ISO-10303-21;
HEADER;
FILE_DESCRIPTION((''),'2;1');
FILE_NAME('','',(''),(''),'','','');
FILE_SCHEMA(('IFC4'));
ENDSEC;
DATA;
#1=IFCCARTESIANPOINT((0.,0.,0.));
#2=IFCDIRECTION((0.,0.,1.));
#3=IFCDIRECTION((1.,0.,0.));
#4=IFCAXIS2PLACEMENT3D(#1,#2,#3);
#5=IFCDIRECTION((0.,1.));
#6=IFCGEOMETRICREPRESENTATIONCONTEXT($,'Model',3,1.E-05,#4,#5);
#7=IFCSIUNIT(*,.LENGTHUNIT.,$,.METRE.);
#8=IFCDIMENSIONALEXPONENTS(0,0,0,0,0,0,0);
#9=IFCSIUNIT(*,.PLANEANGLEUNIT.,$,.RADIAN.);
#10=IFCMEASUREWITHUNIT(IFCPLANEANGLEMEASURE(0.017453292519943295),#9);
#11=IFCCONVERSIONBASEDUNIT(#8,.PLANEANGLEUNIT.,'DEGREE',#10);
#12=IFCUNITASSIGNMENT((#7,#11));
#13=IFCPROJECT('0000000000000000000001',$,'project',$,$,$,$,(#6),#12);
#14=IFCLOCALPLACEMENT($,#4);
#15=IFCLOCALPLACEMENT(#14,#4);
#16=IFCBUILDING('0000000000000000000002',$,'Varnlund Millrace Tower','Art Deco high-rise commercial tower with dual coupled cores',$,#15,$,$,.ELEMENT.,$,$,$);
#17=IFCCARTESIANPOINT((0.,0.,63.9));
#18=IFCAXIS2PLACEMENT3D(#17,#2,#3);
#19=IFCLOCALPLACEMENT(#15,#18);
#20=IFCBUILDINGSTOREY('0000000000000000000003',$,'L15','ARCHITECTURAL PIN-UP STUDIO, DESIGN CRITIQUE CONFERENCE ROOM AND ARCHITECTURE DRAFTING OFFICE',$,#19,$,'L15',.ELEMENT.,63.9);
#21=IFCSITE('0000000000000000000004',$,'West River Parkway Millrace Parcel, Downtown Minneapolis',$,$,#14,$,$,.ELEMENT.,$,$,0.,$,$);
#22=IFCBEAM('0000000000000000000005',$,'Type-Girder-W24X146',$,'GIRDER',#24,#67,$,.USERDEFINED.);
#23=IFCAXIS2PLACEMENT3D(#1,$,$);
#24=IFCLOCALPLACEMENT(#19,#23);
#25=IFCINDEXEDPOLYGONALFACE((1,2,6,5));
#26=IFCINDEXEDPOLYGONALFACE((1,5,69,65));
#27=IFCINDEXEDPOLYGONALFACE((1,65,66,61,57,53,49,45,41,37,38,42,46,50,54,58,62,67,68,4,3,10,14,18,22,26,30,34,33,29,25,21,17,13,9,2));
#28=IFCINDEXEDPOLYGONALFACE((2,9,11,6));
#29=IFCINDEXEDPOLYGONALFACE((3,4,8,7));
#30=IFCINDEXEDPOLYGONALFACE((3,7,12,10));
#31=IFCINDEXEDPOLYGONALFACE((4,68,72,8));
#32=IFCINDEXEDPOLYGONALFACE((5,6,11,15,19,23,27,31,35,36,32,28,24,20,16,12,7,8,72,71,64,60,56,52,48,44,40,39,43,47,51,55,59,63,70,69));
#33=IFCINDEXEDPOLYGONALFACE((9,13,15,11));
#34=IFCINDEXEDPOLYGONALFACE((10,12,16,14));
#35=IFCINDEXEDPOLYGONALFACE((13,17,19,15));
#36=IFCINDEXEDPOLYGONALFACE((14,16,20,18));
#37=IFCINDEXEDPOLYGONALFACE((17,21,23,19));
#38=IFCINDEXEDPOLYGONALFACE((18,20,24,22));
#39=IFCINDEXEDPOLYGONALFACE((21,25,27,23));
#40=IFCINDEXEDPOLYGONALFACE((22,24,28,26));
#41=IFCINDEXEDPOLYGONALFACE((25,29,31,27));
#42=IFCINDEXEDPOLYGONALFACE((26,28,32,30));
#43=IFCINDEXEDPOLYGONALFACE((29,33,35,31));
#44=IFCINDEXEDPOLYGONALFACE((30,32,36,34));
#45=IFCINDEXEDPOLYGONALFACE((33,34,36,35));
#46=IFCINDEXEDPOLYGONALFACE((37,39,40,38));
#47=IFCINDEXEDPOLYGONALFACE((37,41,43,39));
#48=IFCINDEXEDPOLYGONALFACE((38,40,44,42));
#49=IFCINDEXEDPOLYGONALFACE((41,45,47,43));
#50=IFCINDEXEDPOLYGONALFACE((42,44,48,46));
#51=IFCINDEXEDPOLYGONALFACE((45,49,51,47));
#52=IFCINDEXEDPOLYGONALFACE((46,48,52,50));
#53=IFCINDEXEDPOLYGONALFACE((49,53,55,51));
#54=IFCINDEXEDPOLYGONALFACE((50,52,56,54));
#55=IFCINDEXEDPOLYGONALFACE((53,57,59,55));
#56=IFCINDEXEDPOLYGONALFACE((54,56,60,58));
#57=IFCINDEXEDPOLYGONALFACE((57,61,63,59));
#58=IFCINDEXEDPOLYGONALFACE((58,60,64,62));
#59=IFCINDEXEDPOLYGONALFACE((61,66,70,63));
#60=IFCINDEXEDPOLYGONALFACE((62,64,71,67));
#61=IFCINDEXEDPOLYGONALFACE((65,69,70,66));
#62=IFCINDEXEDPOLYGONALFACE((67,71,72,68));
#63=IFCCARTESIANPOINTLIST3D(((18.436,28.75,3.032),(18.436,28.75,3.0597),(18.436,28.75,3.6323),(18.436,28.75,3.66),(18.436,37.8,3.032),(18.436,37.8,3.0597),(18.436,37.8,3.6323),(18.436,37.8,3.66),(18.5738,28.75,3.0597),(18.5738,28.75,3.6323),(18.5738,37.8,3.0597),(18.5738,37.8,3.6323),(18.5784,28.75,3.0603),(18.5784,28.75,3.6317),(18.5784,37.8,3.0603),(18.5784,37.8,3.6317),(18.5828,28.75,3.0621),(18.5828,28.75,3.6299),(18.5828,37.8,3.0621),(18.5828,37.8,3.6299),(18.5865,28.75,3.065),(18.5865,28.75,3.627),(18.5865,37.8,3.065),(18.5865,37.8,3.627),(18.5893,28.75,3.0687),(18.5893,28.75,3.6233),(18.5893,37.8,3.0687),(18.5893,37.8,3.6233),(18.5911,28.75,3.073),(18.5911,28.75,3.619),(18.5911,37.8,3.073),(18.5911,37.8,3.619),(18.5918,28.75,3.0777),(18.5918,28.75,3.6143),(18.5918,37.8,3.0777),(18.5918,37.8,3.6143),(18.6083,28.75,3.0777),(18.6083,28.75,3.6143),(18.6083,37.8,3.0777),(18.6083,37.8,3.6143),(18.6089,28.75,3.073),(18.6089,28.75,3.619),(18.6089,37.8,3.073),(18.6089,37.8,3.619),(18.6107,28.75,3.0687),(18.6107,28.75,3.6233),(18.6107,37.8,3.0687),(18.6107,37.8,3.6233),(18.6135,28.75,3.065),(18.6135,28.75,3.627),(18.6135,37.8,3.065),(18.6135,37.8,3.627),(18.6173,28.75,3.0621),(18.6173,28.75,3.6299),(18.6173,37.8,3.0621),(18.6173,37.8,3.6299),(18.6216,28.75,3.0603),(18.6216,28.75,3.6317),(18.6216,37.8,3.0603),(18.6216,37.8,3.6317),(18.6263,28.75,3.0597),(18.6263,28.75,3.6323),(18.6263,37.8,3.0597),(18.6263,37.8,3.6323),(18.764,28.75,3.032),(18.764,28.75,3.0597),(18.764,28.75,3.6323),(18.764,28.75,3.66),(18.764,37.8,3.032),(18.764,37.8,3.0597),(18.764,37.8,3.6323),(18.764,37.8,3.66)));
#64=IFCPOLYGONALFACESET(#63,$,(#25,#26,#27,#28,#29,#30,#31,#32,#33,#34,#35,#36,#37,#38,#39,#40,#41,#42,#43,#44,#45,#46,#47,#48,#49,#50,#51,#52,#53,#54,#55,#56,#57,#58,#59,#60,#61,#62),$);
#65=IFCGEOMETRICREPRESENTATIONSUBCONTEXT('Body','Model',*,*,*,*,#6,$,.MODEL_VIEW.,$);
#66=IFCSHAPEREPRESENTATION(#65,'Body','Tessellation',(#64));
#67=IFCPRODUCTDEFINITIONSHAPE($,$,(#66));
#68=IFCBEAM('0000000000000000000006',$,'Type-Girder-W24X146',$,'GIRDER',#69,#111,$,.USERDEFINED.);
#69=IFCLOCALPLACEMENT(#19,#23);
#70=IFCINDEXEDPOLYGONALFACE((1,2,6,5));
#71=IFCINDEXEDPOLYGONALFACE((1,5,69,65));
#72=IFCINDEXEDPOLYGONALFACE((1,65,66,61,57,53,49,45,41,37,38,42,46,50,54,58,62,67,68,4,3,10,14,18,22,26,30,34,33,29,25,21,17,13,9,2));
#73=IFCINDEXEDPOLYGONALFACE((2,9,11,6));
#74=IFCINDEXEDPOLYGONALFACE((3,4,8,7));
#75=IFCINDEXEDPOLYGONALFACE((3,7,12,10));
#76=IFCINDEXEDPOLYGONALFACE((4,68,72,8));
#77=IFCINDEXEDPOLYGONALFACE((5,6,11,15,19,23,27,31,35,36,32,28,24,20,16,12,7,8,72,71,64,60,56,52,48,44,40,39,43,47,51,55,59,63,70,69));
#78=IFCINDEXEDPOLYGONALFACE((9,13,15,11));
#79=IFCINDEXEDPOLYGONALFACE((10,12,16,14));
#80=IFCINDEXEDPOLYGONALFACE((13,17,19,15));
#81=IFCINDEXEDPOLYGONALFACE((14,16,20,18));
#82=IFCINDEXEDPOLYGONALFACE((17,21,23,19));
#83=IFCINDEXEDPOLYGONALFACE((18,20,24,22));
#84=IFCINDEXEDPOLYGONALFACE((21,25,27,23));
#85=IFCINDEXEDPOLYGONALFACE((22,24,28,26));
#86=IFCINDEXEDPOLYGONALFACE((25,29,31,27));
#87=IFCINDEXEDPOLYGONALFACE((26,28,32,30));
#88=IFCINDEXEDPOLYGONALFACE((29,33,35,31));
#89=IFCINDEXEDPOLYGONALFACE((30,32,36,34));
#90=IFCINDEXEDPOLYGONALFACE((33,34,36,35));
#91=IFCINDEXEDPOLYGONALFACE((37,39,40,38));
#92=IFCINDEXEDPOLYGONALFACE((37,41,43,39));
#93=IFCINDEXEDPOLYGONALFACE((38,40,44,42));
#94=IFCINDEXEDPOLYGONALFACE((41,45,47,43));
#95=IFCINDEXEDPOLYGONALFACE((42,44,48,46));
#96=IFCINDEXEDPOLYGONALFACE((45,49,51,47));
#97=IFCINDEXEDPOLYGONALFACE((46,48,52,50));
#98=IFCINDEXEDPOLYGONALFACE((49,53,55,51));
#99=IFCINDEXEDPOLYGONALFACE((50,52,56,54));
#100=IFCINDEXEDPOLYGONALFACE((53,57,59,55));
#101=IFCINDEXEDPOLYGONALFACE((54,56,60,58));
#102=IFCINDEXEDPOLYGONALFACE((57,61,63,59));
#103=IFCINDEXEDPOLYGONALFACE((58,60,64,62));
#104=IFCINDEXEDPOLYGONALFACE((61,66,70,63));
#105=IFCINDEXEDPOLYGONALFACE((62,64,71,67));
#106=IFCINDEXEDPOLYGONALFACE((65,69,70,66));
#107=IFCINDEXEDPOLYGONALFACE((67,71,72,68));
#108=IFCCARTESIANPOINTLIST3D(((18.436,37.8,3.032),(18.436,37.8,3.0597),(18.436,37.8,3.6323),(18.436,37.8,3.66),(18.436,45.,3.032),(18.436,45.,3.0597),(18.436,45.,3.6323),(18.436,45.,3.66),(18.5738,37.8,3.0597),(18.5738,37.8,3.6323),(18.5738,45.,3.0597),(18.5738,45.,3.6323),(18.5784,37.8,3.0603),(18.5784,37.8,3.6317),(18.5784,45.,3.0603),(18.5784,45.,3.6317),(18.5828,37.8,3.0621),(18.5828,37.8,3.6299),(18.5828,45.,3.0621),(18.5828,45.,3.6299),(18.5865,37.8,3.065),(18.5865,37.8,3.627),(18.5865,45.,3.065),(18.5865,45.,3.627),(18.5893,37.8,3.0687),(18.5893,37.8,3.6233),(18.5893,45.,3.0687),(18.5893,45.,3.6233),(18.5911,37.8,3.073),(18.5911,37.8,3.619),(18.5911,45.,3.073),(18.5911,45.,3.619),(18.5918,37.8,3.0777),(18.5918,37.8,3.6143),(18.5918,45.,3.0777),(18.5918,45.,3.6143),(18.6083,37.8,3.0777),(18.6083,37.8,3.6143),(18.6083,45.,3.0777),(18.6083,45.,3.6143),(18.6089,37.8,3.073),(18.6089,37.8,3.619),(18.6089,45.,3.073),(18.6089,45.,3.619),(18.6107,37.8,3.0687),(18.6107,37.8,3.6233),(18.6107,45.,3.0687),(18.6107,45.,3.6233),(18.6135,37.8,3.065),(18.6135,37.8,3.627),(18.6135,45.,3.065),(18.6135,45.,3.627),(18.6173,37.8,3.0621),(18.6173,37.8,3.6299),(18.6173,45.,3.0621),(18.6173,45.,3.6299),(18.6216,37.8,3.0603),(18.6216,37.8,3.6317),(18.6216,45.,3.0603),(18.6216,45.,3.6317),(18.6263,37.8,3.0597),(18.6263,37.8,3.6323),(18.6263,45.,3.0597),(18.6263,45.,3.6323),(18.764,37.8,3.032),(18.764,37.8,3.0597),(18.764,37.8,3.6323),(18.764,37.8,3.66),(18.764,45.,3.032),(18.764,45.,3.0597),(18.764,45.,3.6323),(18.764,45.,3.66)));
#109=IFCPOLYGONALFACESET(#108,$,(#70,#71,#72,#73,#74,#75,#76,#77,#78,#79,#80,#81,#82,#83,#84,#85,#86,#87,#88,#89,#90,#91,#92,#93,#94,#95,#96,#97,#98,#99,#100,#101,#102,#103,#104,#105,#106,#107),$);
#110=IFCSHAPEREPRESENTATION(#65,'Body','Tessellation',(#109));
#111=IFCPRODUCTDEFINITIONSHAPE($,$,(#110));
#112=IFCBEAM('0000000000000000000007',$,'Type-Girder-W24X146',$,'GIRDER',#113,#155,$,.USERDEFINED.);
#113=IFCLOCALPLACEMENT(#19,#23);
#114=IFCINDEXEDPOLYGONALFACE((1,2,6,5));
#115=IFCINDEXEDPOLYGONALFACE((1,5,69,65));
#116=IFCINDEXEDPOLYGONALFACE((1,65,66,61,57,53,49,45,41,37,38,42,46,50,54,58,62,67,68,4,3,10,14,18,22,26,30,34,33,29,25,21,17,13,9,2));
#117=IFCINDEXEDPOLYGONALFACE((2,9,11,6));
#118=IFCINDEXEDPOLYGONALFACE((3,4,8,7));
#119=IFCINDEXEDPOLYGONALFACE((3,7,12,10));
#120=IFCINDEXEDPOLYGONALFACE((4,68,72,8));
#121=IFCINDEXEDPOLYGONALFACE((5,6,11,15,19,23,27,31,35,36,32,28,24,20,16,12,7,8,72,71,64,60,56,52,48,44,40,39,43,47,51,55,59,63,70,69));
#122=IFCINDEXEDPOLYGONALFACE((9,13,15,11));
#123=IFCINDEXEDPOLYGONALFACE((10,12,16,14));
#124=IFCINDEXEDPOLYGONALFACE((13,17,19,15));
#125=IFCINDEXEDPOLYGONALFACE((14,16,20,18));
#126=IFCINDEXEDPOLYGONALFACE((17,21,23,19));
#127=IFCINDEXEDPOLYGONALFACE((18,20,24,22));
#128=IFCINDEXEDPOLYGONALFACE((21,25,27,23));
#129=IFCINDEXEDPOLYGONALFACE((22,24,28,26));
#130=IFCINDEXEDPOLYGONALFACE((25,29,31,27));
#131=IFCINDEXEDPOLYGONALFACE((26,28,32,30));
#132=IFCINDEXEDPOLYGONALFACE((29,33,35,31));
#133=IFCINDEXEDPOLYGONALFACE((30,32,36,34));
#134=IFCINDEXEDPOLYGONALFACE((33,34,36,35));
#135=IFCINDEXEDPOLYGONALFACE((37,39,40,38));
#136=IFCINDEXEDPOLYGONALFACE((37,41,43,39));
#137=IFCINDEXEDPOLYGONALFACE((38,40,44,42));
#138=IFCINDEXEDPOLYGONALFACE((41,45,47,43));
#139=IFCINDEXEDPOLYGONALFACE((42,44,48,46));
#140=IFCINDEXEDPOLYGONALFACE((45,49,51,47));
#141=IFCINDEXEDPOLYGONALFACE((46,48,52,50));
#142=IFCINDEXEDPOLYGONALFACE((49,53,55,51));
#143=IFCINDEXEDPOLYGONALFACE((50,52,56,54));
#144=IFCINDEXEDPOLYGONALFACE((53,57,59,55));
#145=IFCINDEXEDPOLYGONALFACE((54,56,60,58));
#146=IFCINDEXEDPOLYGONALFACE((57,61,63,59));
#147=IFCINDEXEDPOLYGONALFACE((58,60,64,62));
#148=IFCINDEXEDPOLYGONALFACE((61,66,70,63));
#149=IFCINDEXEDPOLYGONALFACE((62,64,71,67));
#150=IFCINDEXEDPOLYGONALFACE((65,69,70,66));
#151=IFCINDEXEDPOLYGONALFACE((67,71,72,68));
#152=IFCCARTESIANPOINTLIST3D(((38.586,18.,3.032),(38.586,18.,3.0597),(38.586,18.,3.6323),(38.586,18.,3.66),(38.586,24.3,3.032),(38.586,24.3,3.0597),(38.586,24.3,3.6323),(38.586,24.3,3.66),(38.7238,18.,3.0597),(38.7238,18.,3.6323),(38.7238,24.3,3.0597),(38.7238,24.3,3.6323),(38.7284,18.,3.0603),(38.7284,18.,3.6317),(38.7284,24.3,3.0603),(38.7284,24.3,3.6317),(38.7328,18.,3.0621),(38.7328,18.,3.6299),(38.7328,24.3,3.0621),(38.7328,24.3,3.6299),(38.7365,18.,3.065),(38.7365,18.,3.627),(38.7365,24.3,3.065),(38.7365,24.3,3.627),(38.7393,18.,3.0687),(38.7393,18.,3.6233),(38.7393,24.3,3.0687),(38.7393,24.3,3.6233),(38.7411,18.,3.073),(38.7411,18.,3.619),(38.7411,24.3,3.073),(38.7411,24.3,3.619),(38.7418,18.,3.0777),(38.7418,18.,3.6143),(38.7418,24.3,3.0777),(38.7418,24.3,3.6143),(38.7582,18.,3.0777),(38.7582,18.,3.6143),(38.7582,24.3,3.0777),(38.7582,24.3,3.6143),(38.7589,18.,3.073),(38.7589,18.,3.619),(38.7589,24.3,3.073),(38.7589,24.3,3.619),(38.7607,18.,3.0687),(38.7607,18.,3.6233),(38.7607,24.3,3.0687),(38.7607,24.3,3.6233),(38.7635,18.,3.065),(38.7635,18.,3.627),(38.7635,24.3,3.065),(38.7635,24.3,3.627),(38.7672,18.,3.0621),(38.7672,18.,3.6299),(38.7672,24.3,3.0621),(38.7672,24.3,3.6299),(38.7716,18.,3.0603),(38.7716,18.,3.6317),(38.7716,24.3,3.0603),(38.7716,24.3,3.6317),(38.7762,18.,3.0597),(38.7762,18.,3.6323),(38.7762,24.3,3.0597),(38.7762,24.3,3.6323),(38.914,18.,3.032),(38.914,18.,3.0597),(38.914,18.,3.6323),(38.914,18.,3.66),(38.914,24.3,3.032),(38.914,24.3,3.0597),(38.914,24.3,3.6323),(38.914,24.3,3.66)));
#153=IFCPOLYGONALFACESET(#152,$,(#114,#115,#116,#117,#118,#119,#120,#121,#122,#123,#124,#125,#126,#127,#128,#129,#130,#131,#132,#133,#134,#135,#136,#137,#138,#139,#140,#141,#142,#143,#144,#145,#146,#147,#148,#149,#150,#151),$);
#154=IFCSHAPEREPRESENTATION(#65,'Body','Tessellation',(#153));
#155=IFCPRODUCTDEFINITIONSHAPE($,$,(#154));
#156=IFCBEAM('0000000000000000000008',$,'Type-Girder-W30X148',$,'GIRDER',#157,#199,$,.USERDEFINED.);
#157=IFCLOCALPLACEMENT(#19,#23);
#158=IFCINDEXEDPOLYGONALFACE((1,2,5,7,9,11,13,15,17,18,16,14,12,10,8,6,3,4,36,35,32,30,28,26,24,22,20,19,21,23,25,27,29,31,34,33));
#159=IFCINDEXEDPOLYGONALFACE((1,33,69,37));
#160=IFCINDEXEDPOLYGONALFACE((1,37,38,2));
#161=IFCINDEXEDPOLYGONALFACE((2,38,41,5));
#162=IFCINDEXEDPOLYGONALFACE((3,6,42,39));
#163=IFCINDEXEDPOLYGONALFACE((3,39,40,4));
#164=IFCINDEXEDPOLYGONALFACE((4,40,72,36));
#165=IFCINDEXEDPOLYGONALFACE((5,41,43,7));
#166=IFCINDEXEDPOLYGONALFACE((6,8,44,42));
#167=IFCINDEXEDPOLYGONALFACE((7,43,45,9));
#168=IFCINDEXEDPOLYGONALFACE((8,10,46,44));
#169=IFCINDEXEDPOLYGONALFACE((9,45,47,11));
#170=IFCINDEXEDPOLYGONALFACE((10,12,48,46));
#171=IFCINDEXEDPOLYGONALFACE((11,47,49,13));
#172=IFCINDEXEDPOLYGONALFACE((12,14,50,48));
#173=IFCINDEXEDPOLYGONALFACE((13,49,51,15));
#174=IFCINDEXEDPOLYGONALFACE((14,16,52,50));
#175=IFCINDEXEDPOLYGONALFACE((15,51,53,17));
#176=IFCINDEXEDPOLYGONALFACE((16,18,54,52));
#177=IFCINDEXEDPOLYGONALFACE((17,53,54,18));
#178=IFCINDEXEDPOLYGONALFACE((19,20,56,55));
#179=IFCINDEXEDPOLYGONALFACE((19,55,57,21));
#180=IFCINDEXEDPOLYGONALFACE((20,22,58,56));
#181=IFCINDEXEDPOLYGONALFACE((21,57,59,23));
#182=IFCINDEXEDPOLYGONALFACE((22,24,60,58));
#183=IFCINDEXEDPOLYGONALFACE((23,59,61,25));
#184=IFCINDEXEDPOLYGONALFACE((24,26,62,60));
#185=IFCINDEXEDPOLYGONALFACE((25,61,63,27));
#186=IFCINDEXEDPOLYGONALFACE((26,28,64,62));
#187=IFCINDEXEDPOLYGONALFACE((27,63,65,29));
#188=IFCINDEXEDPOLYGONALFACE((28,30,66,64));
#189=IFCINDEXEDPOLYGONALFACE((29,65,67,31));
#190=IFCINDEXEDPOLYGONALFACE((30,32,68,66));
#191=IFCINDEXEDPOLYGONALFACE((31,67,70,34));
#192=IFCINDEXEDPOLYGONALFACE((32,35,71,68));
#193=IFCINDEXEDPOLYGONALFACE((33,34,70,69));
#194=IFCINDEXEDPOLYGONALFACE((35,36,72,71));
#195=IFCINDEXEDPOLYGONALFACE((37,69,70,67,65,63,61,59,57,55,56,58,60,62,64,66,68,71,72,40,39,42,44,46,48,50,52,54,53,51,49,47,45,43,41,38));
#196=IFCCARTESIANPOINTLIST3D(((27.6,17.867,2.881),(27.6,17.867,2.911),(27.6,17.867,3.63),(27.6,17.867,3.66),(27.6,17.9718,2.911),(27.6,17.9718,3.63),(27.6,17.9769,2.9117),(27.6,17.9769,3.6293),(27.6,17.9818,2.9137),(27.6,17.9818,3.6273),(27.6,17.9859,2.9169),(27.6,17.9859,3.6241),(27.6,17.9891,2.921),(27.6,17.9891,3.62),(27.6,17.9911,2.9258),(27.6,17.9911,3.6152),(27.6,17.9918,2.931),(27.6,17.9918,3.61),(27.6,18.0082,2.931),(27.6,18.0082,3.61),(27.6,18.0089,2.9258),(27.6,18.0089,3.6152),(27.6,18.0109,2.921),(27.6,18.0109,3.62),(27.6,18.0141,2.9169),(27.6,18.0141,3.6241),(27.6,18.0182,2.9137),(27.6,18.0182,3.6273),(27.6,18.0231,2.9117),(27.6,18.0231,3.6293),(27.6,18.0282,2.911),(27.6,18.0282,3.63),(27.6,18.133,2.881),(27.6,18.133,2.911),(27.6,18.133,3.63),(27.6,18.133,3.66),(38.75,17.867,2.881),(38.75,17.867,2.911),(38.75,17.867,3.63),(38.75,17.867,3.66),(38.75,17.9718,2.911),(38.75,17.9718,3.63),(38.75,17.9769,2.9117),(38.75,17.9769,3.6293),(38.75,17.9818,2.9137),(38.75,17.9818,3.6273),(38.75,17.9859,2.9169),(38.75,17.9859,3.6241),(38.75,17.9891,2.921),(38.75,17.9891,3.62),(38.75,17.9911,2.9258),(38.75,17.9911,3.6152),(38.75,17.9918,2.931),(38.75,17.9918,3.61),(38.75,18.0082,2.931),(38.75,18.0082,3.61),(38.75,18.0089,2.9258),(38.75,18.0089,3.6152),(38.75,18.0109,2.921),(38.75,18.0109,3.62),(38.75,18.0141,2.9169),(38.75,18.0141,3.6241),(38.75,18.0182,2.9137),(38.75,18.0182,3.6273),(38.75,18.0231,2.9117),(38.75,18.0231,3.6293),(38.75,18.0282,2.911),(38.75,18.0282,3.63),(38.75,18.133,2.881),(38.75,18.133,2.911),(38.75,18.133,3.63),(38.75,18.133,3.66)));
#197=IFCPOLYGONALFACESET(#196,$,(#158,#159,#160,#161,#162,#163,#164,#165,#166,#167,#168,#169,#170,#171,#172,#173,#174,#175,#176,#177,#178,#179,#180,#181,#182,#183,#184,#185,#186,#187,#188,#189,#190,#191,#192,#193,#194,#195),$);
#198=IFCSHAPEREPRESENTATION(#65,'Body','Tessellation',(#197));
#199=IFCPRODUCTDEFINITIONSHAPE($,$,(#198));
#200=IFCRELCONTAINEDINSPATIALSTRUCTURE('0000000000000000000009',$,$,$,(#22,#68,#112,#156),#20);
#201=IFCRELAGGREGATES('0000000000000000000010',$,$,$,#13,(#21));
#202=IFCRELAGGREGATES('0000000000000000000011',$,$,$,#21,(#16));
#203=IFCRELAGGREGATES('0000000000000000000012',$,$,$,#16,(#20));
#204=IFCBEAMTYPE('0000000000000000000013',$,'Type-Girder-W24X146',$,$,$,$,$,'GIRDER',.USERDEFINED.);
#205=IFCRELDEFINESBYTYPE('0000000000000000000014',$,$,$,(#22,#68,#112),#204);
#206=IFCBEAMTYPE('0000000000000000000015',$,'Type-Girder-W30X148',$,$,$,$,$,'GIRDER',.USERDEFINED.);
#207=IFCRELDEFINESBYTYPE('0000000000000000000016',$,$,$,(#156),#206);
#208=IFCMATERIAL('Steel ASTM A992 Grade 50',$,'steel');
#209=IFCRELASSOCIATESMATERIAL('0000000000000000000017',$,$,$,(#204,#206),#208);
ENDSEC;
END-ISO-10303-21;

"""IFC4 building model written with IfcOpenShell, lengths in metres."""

from ifc_helpers import new_model, entity, si_unit, converted_unit, direction, frame, origin_with_axes, origin_2d_with_axis, place, context, subcontext, project, spatial, i_section, extrude, material, material_profile, profile_set, type_object, element, save


model = new_model("IFC4")

# Units and contexts
model_context = context("Model", 3, precision=1e-05, world=origin_with_axes(), true_north=direction((0.0, 1.0)))
body_context = subcontext(model_context, "Body", "Model", "MODEL_VIEW")
ifc_project = project(units=[si_unit("LENGTHUNIT", "METRE"), converted_unit("PLANEANGLEUNIT", "DEGREE", entity("IfcPlaneAngleMeasure", 0.017453292519943295), si_unit("PLANEANGLEUNIT", "RADIAN"), dimensions=[0, 0, 0, 0, 0, 0, 0])], contexts=[model_context])

# Site, building, storey
site_placement = place(None, origin_with_axes())
site = spatial("IfcSite", under=ifc_project, at=site_placement, Name="West River Parkway Millrace Parcel, Downtown Minneapolis", CompositionType="ELEMENT", RefElevation=0.0)
building_placement = place(site_placement, origin_with_axes())
building = spatial("IfcBuilding", under=site, at=building_placement, Name="Varnlund Millrace Tower", Description="Art Deco high-rise commercial tower with dual coupled cores", CompositionType="ELEMENT")
storey_placement = place(building_placement, frame((0.0, 0.0, 63.9), z_axis=(0.0, 0.0, 1.0), x_axis=(1.0, 0.0, 0.0)))
storey = spatial("IfcBuildingStorey", under=building, at=storey_placement, Name="L15", Description="ARCHITECTURAL PIN-UP STUDIO, DESIGN CRITIQUE CONFERENCE ROOM AND ARCHITECTURE DRAFTING OFFICE", LongName="L15", CompositionType="ELEMENT", Elevation=63.9)

# Beams
ifc_material_1 = material(Name="Steel ASTM A992 Grade 50", Category="steel")
ifc_material_profile_1 = material_profile(ifc_material_1, i_section(OverallWidth=0.328, OverallDepth=0.628, WebThickness=0.0165, FlangeThickness=0.0277, FilletRadius=0.018, at=origin_2d_with_axis()), Name="Steel ASTM A992 Grade 50")
ifc_profile_set_1 = profile_set([ifc_material_profile_1], Name="Steel ASTM A992 Grade 50")
beam_type_1 = type_object("IfcBeamType", Name="Type-Girder-W24X146", ElementType="GIRDER", PredefinedType="USERDEFINED", material=ifc_profile_set_1)
beam_1_placement = place(storey_placement, frame((18.6, 28.75, 3.346), z_axis=(0.0, 1.0, 0.0), x_axis=(-1.0, 0.0, 0.0)))
element("IfcBeam", 1, at=beam_1_placement, inside=storey, type_object=beam_type_1, Name="Type-Girder-W24X146", ObjectType="GIRDER", PredefinedType="USERDEFINED", context=body_context, shape_type="SweptSolid", body=[
    extrude(i_section(OverallWidth=0.328, OverallDepth=0.628, WebThickness=0.0165, FlangeThickness=0.0277, FilletRadius=0.018, at=origin_2d_with_axis()), origin_with_axes(), (0.0, 0.0, 1.0), 9.05),
])
beam_2_placement = place(storey_placement, frame((18.6, 37.8, 3.346), z_axis=(0.0, 1.0, 0.0), x_axis=(-1.0, 0.0, 0.0)))
element("IfcBeam", 2, at=beam_2_placement, inside=storey, type_object=beam_type_1, Name="Type-Girder-W24X146", ObjectType="GIRDER", PredefinedType="USERDEFINED", context=body_context, shape_type="SweptSolid", body=[
    extrude(i_section(OverallWidth=0.328, OverallDepth=0.628, WebThickness=0.0165, FlangeThickness=0.0277, FilletRadius=0.018, at=origin_2d_with_axis()), origin_with_axes(), (0.0, 0.0, 1.0), 7.2),
])
beam_3_placement = place(storey_placement, frame((38.75, 18.0, 3.346), z_axis=(0.0, 1.0, 0.0), x_axis=(-1.0, 0.0, 0.0)))
element("IfcBeam", 3, at=beam_3_placement, inside=storey, type_object=beam_type_1, Name="Type-Girder-W24X146", ObjectType="GIRDER", PredefinedType="USERDEFINED", context=body_context, shape_type="SweptSolid", body=[
    extrude(i_section(OverallWidth=0.328, OverallDepth=0.628, WebThickness=0.0165, FlangeThickness=0.0277, FilletRadius=0.018, at=origin_2d_with_axis()), origin_with_axes(), (0.0, 0.0, 1.0), 6.3),
])
ifc_material_profile_2 = material_profile(ifc_material_1, i_section(OverallWidth=0.266, OverallDepth=0.779, WebThickness=0.0165, FlangeThickness=0.03, FilletRadius=0.02, at=origin_2d_with_axis()), Name="Steel ASTM A992 Grade 50")
ifc_profile_set_2 = profile_set([ifc_material_profile_2], Name="Steel ASTM A992 Grade 50")
beam_type_2 = type_object("IfcBeamType", Name="Type-Girder-W30X148", ElementType="GIRDER", PredefinedType="USERDEFINED", material=ifc_profile_set_2)
beam_4_placement = place(storey_placement, frame((27.6, 18.0, 3.2705), z_axis=(1.0, 0.0, 0.0), x_axis=(0.0, 1.0, 0.0)))
element("IfcBeam", 4, at=beam_4_placement, inside=storey, type_object=beam_type_2, Name="Type-Girder-W30X148", ObjectType="GIRDER", PredefinedType="USERDEFINED", context=body_context, shape_type="SweptSolid", body=[
    extrude(i_section(OverallWidth=0.266, OverallDepth=0.779, WebThickness=0.0165, FlangeThickness=0.03, FilletRadius=0.02, at=origin_2d_with_axis()), origin_with_axes(), (0.0, 0.0, 1.0), 11.15),
])

save(model, "model.ifc")
